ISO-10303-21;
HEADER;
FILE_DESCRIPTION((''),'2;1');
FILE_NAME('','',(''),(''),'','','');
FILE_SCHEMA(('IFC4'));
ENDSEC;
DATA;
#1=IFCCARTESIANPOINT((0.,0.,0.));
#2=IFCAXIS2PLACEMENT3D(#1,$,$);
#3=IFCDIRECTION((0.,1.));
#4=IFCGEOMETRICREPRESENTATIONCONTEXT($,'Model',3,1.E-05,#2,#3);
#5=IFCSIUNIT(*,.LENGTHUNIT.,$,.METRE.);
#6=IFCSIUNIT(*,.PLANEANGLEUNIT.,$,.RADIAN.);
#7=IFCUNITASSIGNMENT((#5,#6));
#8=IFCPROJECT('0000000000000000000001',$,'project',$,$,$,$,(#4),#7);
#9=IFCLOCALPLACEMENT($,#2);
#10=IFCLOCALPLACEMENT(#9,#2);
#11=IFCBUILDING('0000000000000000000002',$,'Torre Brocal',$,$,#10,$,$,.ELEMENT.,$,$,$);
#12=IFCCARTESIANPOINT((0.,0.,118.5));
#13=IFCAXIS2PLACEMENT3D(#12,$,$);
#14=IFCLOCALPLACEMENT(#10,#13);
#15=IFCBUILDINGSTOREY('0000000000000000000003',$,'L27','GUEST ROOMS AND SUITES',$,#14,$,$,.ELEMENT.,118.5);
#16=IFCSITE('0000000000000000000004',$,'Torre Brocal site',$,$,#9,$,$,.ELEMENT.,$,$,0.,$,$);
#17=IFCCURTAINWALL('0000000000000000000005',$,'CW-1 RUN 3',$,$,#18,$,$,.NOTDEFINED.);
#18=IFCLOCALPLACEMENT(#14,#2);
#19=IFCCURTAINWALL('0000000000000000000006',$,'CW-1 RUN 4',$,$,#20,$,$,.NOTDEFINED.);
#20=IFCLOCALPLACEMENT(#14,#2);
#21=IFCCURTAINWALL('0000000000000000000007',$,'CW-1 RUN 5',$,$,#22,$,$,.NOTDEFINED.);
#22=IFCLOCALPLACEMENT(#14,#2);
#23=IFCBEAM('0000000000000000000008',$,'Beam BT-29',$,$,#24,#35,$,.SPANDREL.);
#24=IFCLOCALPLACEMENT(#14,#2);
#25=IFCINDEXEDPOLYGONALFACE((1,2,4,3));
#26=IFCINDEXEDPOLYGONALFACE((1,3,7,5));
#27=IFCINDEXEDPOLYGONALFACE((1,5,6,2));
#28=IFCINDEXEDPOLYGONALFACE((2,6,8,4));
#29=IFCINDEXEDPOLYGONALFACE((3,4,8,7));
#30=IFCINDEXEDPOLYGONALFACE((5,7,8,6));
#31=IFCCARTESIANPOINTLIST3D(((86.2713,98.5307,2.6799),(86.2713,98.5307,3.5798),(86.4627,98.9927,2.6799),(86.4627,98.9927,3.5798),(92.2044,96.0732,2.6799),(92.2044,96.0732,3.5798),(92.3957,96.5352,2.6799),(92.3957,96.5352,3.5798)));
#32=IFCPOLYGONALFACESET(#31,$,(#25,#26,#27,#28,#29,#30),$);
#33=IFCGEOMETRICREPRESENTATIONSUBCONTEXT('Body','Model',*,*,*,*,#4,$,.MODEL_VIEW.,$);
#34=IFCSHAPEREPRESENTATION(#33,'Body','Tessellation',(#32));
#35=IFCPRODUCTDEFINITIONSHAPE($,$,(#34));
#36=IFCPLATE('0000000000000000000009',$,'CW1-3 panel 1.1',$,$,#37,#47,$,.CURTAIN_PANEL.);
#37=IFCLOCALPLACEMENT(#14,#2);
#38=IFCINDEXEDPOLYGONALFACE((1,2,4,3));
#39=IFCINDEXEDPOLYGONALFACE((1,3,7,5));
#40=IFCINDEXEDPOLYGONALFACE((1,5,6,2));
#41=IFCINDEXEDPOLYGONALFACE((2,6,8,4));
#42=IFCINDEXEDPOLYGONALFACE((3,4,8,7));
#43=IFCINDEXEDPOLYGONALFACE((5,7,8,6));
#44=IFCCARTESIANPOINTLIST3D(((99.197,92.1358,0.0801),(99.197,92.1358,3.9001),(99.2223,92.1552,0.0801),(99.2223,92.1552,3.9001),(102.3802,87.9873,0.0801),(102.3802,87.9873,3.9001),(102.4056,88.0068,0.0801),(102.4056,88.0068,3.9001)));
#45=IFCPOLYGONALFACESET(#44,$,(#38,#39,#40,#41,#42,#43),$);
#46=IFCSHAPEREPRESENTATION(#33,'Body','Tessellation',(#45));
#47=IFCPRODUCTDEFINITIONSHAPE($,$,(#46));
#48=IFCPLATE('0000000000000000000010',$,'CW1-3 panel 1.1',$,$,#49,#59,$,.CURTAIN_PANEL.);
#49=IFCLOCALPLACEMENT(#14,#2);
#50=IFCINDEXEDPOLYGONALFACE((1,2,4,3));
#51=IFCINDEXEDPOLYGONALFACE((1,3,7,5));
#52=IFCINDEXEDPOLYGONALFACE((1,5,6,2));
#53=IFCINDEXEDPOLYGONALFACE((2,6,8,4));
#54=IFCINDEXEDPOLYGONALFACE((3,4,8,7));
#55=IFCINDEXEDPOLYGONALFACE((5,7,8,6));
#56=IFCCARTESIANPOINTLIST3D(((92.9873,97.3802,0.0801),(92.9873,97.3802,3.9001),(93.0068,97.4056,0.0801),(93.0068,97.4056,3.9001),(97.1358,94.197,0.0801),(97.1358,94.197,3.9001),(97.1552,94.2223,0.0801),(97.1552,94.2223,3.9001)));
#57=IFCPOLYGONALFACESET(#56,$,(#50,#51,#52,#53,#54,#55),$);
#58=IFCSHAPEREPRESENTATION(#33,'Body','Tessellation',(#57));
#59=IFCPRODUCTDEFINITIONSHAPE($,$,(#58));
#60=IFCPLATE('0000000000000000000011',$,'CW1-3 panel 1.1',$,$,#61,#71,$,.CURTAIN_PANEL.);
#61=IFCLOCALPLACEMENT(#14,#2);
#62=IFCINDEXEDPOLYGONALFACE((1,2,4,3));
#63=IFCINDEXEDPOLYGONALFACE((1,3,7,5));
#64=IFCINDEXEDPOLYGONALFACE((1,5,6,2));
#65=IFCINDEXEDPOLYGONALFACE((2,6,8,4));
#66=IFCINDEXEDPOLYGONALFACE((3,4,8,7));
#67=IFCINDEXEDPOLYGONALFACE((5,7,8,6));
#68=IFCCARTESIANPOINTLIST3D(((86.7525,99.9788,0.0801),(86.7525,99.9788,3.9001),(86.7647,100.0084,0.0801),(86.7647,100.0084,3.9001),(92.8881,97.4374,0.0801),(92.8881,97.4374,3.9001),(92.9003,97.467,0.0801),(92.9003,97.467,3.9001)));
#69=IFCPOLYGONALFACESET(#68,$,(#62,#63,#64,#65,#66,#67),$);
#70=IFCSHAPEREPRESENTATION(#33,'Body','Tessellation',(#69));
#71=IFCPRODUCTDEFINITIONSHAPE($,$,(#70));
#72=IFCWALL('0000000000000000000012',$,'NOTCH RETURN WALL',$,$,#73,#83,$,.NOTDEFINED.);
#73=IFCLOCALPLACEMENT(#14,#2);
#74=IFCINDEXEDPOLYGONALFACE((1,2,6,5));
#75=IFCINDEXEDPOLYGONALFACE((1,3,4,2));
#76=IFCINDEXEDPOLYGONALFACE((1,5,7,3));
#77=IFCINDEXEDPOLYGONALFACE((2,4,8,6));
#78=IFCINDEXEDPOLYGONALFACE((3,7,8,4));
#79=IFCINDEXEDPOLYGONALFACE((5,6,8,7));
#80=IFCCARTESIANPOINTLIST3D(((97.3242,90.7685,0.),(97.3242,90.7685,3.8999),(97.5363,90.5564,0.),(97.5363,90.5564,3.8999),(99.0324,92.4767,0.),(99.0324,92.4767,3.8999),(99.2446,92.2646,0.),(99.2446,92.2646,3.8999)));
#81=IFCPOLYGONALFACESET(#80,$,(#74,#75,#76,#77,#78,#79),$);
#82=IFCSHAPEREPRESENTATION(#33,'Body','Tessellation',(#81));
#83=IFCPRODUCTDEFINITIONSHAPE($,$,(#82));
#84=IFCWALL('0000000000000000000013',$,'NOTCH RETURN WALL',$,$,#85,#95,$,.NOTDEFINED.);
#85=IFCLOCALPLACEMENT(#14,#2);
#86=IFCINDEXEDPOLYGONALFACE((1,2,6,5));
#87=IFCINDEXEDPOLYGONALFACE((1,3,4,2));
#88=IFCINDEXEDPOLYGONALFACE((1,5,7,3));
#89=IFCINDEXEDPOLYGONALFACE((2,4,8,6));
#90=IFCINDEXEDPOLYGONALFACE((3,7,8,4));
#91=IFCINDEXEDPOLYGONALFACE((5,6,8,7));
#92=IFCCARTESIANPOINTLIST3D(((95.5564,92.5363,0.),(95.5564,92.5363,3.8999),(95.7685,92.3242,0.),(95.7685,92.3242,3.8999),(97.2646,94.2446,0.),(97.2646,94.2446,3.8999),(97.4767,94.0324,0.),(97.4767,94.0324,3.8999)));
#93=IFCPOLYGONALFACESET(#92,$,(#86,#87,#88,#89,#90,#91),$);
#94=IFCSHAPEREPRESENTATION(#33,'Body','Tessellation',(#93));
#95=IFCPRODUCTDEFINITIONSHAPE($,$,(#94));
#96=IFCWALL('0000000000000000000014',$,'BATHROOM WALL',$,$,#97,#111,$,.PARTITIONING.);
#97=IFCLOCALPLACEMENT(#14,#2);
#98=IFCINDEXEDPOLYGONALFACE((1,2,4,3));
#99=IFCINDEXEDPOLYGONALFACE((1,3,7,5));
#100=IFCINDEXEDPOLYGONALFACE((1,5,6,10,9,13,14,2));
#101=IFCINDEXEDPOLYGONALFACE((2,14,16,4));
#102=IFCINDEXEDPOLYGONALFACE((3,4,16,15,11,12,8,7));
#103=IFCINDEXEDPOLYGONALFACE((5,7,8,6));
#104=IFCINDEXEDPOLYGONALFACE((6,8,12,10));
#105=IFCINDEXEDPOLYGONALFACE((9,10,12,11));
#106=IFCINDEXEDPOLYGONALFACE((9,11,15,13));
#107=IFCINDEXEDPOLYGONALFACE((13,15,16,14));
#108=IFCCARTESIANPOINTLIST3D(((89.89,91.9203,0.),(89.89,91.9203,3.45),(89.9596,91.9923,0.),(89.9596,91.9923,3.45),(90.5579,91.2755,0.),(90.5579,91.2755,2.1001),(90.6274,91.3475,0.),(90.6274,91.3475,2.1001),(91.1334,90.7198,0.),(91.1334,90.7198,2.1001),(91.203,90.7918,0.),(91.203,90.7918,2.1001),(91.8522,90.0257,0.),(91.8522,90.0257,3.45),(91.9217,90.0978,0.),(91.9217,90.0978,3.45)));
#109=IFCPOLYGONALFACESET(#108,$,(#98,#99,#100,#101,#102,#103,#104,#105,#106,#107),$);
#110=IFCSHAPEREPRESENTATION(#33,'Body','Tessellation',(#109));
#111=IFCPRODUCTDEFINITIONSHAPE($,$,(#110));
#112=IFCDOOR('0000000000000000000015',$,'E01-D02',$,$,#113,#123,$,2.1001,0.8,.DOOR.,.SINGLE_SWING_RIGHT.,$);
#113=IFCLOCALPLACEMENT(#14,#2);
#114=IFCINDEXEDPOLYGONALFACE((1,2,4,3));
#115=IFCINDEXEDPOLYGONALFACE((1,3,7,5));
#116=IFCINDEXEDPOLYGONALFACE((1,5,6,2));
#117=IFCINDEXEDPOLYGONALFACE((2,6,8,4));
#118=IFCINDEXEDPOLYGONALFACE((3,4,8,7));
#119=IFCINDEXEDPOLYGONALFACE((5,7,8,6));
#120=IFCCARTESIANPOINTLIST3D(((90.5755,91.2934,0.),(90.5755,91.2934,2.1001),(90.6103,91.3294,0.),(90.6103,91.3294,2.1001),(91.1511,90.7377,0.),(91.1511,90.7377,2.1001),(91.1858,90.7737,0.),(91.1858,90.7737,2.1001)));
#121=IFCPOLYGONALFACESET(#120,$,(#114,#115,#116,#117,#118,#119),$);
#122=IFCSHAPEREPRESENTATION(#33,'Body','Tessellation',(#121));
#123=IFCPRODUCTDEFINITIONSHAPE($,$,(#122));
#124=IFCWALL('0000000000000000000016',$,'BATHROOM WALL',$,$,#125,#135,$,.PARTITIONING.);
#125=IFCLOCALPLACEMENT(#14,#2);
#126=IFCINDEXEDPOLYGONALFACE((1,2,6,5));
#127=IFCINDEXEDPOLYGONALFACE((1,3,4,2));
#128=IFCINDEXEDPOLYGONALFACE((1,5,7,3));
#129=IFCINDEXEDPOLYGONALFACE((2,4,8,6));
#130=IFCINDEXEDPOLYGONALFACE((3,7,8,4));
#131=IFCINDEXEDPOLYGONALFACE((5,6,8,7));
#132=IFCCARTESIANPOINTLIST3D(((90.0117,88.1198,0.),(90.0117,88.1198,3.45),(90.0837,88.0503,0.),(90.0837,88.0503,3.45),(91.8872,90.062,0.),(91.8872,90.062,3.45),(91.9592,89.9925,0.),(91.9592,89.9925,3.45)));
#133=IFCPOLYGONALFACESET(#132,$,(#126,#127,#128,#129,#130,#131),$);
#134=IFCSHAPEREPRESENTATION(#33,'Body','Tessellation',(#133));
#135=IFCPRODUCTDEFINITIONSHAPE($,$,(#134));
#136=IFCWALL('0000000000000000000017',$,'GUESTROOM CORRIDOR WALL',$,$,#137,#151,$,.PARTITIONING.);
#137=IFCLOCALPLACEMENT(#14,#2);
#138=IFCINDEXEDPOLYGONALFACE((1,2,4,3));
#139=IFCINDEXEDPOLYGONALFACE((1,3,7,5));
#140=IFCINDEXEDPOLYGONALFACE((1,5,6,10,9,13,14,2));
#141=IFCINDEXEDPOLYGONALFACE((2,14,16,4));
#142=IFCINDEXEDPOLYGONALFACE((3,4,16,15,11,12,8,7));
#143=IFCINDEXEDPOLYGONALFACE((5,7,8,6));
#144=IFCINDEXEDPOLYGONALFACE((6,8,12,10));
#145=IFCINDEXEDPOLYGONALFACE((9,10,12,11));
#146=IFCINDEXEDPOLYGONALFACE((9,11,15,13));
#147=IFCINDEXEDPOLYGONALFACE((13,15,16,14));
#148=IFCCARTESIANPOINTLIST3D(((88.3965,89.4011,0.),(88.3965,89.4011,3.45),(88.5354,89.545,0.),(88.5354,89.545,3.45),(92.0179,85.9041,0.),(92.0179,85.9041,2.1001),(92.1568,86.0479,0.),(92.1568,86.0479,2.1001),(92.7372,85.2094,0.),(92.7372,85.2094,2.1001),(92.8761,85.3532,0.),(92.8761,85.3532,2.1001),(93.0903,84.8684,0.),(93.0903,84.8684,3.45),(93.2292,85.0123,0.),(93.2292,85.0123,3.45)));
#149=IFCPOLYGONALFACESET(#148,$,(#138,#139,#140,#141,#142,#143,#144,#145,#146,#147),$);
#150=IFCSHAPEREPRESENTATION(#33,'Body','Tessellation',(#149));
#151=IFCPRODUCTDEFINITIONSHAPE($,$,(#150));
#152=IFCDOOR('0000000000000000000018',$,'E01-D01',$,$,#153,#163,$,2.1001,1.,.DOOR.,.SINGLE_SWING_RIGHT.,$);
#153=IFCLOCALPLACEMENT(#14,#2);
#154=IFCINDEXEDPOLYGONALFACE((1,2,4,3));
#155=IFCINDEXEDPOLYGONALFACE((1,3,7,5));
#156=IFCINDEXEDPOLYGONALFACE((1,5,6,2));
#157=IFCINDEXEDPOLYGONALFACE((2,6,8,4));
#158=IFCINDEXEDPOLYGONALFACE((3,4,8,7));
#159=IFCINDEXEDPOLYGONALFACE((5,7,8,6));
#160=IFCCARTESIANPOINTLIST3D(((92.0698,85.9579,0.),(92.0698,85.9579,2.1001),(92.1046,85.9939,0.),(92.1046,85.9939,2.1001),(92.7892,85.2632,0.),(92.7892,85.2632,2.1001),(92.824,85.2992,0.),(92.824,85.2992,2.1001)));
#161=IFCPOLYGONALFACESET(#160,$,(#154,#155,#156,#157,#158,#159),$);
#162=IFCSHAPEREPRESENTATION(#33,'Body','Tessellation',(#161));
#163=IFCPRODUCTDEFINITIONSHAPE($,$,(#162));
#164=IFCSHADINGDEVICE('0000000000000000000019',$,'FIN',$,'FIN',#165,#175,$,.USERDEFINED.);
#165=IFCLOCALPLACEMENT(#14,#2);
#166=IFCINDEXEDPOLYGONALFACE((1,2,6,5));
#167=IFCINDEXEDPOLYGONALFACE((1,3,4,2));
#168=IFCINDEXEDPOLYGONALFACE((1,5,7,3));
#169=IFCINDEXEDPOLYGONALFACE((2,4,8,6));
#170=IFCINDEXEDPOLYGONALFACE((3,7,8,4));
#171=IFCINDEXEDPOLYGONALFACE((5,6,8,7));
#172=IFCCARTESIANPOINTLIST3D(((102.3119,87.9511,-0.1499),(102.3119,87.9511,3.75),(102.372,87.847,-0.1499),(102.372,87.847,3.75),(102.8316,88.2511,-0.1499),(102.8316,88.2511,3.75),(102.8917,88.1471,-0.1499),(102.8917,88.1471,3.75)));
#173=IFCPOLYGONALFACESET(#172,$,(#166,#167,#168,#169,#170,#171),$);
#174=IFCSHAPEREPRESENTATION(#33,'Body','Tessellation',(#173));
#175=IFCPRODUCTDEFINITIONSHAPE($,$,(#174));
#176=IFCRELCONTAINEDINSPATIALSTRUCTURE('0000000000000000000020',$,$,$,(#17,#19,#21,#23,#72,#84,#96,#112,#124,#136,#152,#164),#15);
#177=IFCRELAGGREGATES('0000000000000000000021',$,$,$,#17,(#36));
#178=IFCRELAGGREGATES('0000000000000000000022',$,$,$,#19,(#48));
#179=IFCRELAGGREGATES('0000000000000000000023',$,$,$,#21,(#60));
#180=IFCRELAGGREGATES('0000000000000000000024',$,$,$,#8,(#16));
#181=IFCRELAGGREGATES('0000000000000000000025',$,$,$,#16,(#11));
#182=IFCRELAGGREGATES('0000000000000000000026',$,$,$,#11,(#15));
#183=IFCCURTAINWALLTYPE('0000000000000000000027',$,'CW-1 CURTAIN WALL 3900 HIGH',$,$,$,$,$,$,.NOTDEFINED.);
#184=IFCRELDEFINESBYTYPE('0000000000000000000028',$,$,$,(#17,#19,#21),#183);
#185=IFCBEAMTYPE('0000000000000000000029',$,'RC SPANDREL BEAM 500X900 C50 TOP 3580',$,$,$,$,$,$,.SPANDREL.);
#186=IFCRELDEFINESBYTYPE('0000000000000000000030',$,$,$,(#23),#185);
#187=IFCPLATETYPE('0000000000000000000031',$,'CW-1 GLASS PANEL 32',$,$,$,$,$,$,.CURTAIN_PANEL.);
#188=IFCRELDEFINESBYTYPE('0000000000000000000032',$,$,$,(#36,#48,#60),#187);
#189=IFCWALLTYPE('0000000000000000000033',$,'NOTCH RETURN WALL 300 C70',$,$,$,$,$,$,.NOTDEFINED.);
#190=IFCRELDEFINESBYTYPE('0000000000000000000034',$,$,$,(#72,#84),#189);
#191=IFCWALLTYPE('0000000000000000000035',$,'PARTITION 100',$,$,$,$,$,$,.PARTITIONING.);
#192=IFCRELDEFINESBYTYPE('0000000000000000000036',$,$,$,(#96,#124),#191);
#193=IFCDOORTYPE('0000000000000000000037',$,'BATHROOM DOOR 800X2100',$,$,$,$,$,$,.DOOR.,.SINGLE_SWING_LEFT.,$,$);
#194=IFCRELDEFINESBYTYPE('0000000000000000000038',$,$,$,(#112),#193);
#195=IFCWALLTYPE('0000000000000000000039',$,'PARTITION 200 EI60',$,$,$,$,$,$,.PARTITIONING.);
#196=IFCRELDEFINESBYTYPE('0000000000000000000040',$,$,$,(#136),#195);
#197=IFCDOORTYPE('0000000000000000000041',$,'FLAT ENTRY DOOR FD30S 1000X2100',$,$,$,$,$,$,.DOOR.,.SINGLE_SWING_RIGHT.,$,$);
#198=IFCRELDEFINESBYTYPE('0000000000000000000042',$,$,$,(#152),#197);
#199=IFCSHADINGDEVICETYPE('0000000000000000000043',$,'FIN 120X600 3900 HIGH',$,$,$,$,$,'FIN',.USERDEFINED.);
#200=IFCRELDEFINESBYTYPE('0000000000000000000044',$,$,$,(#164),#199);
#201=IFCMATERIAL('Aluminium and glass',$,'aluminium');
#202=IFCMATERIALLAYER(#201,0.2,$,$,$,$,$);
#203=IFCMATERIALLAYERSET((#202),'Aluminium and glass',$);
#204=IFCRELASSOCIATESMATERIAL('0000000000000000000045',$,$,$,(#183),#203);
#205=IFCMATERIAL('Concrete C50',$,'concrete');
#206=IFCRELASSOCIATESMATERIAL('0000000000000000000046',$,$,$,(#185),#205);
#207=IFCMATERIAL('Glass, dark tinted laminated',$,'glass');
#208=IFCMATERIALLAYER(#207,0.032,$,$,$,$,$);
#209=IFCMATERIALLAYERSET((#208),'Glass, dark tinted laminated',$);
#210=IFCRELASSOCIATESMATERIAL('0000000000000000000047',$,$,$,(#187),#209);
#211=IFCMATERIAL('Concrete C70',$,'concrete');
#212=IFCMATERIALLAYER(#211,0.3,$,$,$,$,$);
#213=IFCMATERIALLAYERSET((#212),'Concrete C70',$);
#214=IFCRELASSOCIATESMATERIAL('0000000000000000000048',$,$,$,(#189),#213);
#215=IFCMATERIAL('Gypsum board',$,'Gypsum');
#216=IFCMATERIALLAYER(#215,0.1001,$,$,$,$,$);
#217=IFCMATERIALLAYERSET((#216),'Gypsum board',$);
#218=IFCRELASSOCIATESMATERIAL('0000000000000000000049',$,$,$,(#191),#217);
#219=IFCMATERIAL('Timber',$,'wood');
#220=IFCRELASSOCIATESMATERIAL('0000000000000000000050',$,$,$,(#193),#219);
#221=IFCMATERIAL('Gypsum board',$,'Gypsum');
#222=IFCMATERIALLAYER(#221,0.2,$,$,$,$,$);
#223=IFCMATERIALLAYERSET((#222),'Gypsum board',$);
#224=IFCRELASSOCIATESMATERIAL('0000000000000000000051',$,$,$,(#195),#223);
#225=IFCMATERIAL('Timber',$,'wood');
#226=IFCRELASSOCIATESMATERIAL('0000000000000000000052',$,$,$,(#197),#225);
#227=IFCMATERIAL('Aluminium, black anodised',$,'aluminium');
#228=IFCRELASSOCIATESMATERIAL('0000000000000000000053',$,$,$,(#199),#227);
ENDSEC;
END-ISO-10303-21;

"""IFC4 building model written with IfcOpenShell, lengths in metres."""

from ifc_helpers import new_model, si_unit, direction, frame, frame_2d, origin, origin_2d, place, context, subcontext, project, spatial, rectangle, extrude, material, layer, layer_set, material_profile, profile_set, type_object, element, fill, aggregate, save


model = new_model("IFC4")

# Units and contexts
model_context = context("Model", 3, precision=1e-05, world=origin(), true_north=direction((0.0, 1.0)))
body_context = subcontext(model_context, "Body", "Model", "MODEL_VIEW")
ifc_project = project(units=[si_unit("LENGTHUNIT", "METRE"), si_unit("PLANEANGLEUNIT", "RADIAN")], contexts=[model_context])

# Site, building, storey
site_placement = place(None, origin())
site = spatial("IfcSite", under=ifc_project, at=site_placement, Name="Torre Brocal site", CompositionType="ELEMENT", RefElevation=0.0)
building_placement = place(site_placement, origin())
building = spatial("IfcBuilding", under=site, at=building_placement, Name="Torre Brocal", CompositionType="ELEMENT")
storey_placement = place(building_placement, frame((0.0, 0.0, 118.5)))
storey = spatial("IfcBuildingStorey", under=building, at=storey_placement, Name="L27", Description="GUEST ROOMS AND SUITES", CompositionType="ELEMENT", Elevation=118.5)

# Curtain walls
ifc_material_1 = material(Name="Aluminium and glass", Category="aluminium")
ifc_layer_1 = layer(ifc_material_1, 0.2)
ifc_layer_set_1 = layer_set([ifc_layer_1], Name="Aluminium and glass")
curtain_wall_type = type_object("IfcCurtainWallType", Name="CW-1 CURTAIN WALL 3900 HIGH", PredefinedType="NOTDEFINED", material=ifc_layer_set_1)
curtain_wall_1_placement = place(storey_placement, origin())
curtain_wall_1 = element("IfcCurtainWall", 1, at=curtain_wall_1_placement, inside=storey, type_object=curtain_wall_type, Name="CW-1 RUN 3", PredefinedType="NOTDEFINED")
curtain_wall_2_placement = place(storey_placement, origin())
curtain_wall_2 = element("IfcCurtainWall", 2, at=curtain_wall_2_placement, inside=storey, type_object=curtain_wall_type, Name="CW-1 RUN 4", PredefinedType="NOTDEFINED")

# Curtain wall
curtain_wall_3_placement = place(storey_placement, origin())
curtain_wall_3 = element("IfcCurtainWall", 3, at=curtain_wall_3_placement, inside=storey, type_object=curtain_wall_type, Name="CW-1 RUN 5", PredefinedType="NOTDEFINED")

# Beam
ifc_material_2 = material(Name="Concrete C50", Category="concrete")
ifc_material_profile_1 = material_profile(ifc_material_2, rectangle(XDim=0.5, YDim=0.8999, at=origin_2d()), Name="RC 500X900")
ifc_profile_set_1 = profile_set([ifc_material_profile_1], Name="Concrete C50")
beam_type_1 = type_object("IfcBeamType", Name="RC SPANDREL BEAM 500X900 C50 TOP 3580", PredefinedType="SPANDREL", material=ifc_profile_set_1)
beam_1_placement = place(storey_placement, frame((92.3, 96.3042, 3.1299), z_axis=(-0.923882, 0.382676, 0.0), x_axis=(-0.382676, -0.923882, 0.0)))
element("IfcBeam", 4, at=beam_1_placement, inside=storey, type_object=beam_type_1, Name="Beam BT-29", PredefinedType="SPANDREL", context=body_context, shape_type="SweptSolid", body=[
    extrude(rectangle(XDim=0.5, YDim=0.8999, at=origin_2d()), origin(), (0.0, 0.0, 1.0), 6.4219),
])

# Plates
ifc_material_3 = material(Name="Glass, dark tinted laminated", Category="glass")
ifc_layer_2 = layer(ifc_material_3, 0.032)
ifc_layer_set_2 = layer_set([ifc_layer_2], Name="Glass, dark tinted laminated")
plate_type = type_object("IfcPlateType", Name="CW-1 GLASS PANEL 32", PredefinedType="CURTAIN_PANEL", material=ifc_layer_set_2)
plate_1_placement = place(storey_placement, frame((100.8013, 90.0713, 0.0801), z_axis=(0.0, 0.0, 1.0), x_axis=(-0.608761, 0.793353, 0.0)))
plate_1 = element("IfcPlate", 5, at=plate_1_placement, type_object=plate_type, Name="CW1-3 panel 1.1", PredefinedType="CURTAIN_PANEL", context=body_context, shape_type="SweptSolid", body=[
    extrude(rectangle(XDim=5.229, YDim=0.032, at=origin_2d()), origin(), (0.0, 0.0, 1.0), 3.8201),
])
aggregate(curtain_wall_1, [plate_1])
plate_2_placement = place(storey_placement, frame((95.0713, 95.8013, 0.0801), z_axis=(0.0, 0.0, 1.0), x_axis=(-0.793353, 0.608761, 0.0)))
plate_2 = element("IfcPlate", 6, at=plate_2_placement, type_object=plate_type, Name="CW1-3 panel 1.1", PredefinedType="CURTAIN_PANEL", context=body_context, shape_type="SweptSolid", body=[
    extrude(rectangle(XDim=5.229, YDim=0.032, at=origin_2d()), origin(), (0.0, 0.0, 1.0), 3.8201),
])
aggregate(curtain_wall_2, [plate_2])
plate_3_placement = place(storey_placement, frame((89.8264, 98.7229, 0.0801), z_axis=(0.0, 0.0, 1.0), x_axis=(-0.92388, 0.382683, 0.0)))
plate_3 = element("IfcPlate", 7, at=plate_3_placement, type_object=plate_type, Name="CW1-3 panel 1.1", PredefinedType="CURTAIN_PANEL", context=body_context, shape_type="SweptSolid", body=[
    extrude(rectangle(XDim=6.6411, YDim=0.032, at=origin_2d()), origin(), (0.0, 0.0, 1.0), 3.8201),
])
aggregate(curtain_wall_3, [plate_3])

# Walls
ifc_material_4 = material(Name="Concrete C70", Category="concrete")
ifc_layer_3 = layer(ifc_material_4, 0.3)
ifc_layer_set_3 = layer_set([ifc_layer_3], Name="Concrete C70")
wall_type_1 = type_object("IfcWallType", Name="NOTCH RETURN WALL 300 C70", PredefinedType="NOTDEFINED", material=ifc_layer_set_3)
for number, where, z_axis, x_axis, name in (
    (8, (97.4302, 90.6624, 0.0), (0.0, 0.0, 1.0), (0.707107, 0.707107, 0.0), "NOTCH RETURN WALL"),
    (9, (95.6624, 92.4302, 0.0), (0.0, 0.0, 1.0), (0.707107, 0.707107, 0.0), "NOTCH RETURN WALL"),
):
    element("IfcWall", number, at=place(storey_placement, frame(where, z_axis=z_axis, x_axis=x_axis)), inside=storey, type_object=wall_type_1, Name=name, PredefinedType="NOTDEFINED", context=body_context, shape_type="SweptSolid", body=[
        extrude(rectangle(XDim=2.4158, YDim=0.3, at=frame_2d((1.208, 0.0))), origin(), (0.0, 0.0, 1.0), 3.8999),
    ])

# Wall, opening, door
ifc_material_5 = material(Name="Gypsum board", Category="Gypsum")
ifc_layer_4 = layer(ifc_material_5, 0.1001)
ifc_layer_set_4 = layer_set([ifc_layer_4], Name="Gypsum board")
wall_type_2 = type_object("IfcWallType", Name="PARTITION 100", PredefinedType="PARTITIONING", material=ifc_layer_set_4)
wall_1_placement = place(storey_placement, frame((89.9248, 91.9563, 0.0), z_axis=(0.0, 0.0, 1.0), x_axis=(0.719395, -0.694601, 0.0)))
wall_1 = element("IfcWall", 10, at=wall_1_placement, inside=storey, type_object=wall_type_2, Name="BATHROOM WALL", PredefinedType="PARTITIONING", context=body_context, shape_type="SweptSolid", body=[
    extrude(rectangle(XDim=2.7275, YDim=0.1001, at=frame_2d((1.3638, 0.0))), origin(), (0.0, 0.0, 1.0), 3.45),
])
opening_1_placement = place(wall_1_placement, frame((0.9285, 0.0, 0.0)))
opening_1 = element("IfcOpeningElement", 11, at=opening_1_placement, cuts=wall_1, PredefinedType="OPENING", context=body_context, shape_type="SweptSolid", body=[
    extrude(rectangle(XDim=0.8, YDim=2.1001, at=frame_2d((0.3999, 1.05))), frame((0.0, 0.0601, 0.0), z_axis=(0.0, -1.0, 0.0), x_axis=(1.0, 0.0, 0.0)), (0.0, 0.0, 1.0), 0.1201),
])
ifc_material_6 = material(Name="Timber", Category="wood")
door_type_1 = type_object("IfcDoorType", Name="BATHROOM DOOR 800X2100", OperationType="SINGLE_SWING_LEFT", PredefinedType="DOOR", material=ifc_material_6)
door_1_placement = place(opening_1_placement, frame((0.8, 0.0, 0.0), z_axis=(0.0, 0.0, 1.0), x_axis=(-1.0, 0.0, 0.0)))
door_1 = element("IfcDoor", 12, at=door_1_placement, inside=storey, type_object=door_type_1, Name="E01-D02", OperationType="SINGLE_SWING_RIGHT", OverallHeight=2.1001, OverallWidth=0.8, PredefinedType="DOOR", context=body_context, shape_type="SweptSolid", body=[
    extrude(rectangle(XDim=0.8, YDim=2.1001, at=frame_2d((0.3999, 1.05))), frame((0.0, 0.0249, 0.0), z_axis=(0.0, -1.0, 0.0), x_axis=(1.0, 0.0, 0.0)), (0.0, 0.0, 1.0), 0.05),
])
fill(opening_1, door_1)

# Wall
wall_2_placement = place(storey_placement, frame((90.0476, 88.085, 0.0), z_axis=(0.0, 0.0, 1.0), x_axis=(0.694656, 0.719342, 0.0)))
element("IfcWall", 13, at=wall_2_placement, inside=storey, type_object=wall_type_2, Name="BATHROOM WALL", PredefinedType="PARTITIONING", context=body_context, shape_type="SweptSolid", body=[
    extrude(rectangle(XDim=2.7, YDim=0.1001, at=frame_2d((1.3501, 0.0))), origin(), (0.0, 0.0, 1.0), 3.45),
])

# Wall, opening, door
ifc_material_7 = material(Name="Gypsum board", Category="Gypsum")
ifc_layer_5 = layer(ifc_material_7, 0.2)
ifc_layer_set_5 = layer_set([ifc_layer_5], Name="Gypsum board")
wall_type_3 = type_object("IfcWallType", Name="PARTITION 200 EI60", PredefinedType="PARTITIONING", material=ifc_layer_set_5)
wall_3_placement = place(storey_placement, frame((88.4658, 89.4731, 0.0), z_axis=(0.0, 0.0, 1.0), x_axis=(0.719346, -0.694652, 0.0)))
wall_3 = element("IfcWall", 14, at=wall_3_placement, inside=storey, type_object=wall_type_3, Name="GUESTROOM CORRIDOR WALL", PredefinedType="PARTITIONING", context=body_context, shape_type="SweptSolid", body=[
    extrude(rectangle(XDim=6.5251, YDim=0.2, at=frame_2d((3.2627, 0.0))), origin(), (0.0, 0.0, 1.0), 3.45),
])
opening_2_placement = place(wall_3_placement, frame((5.0344, 0.0, 0.0)))
opening_2 = element("IfcOpeningElement", 15, at=opening_2_placement, cuts=wall_3, PredefinedType="OPENING", context=body_context, shape_type="SweptSolid", body=[
    extrude(rectangle(XDim=1.0, YDim=2.1001, at=frame_2d((0.5, 1.05))), frame((0.0, 0.1099, 0.0), z_axis=(0.0, -1.0, 0.0), x_axis=(1.0, 0.0, 0.0)), (0.0, 0.0, 1.0), 0.22),
])
ifc_material_8 = material(Name="Timber", Category="wood")
door_type_2 = type_object("IfcDoorType", Name="FLAT ENTRY DOOR FD30S 1000X2100", OperationType="SINGLE_SWING_RIGHT", PredefinedType="DOOR", material=ifc_material_8)
door_2_placement = place(opening_2_placement, origin())
door_2 = element("IfcDoor", 16, at=door_2_placement, inside=storey, type_object=door_type_2, Name="E01-D01", OperationType="SINGLE_SWING_RIGHT", OverallHeight=2.1001, OverallWidth=1.0, PredefinedType="DOOR", context=body_context, shape_type="SweptSolid", body=[
    extrude(rectangle(XDim=1.0, YDim=2.1001, at=frame_2d((0.5, 1.05))), frame((0.0, 0.0249, 0.0), z_axis=(0.0, -1.0, 0.0), x_axis=(1.0, 0.0, 0.0)), (0.0, 0.0, 1.0), 0.05),
])
fill(opening_2, door_2)

# Shading device
ifc_material_9 = material(Name="Aluminium, black anodised", Category="aluminium")
ifc_material_profile_2 = material_profile(ifc_material_9, rectangle(XDim=0.1201, YDim=0.6001, at=origin_2d()), Name="FIN 120X600 3900 HIGH")
ifc_profile_set_2 = profile_set([ifc_material_profile_2], Name="Aluminium, black anodised")
shading_device_type = type_object("IfcShadingDeviceType", Name="FIN 120X600 3900 HIGH", ElementType="FIN", PredefinedType="USERDEFINED", material=ifc_profile_set_2)
for number, where, z_axis, x_axis, name in (
    (17, (102.6018, 88.0491, -0.1499), (0.0, 0.0, 1.0), (-0.5, 0.866025, 0.0), "FIN"),
):
    element("IfcShadingDevice", number, at=place(storey_placement, frame(where, z_axis=z_axis, x_axis=x_axis)), inside=storey, type_object=shading_device_type, Name=name, ObjectType="FIN", PredefinedType="USERDEFINED", context=body_context, shape_type="SweptSolid", body=[
        extrude(rectangle(XDim=0.1201, YDim=0.6001, at=origin_2d()), origin(), (0.0, 0.0, 1.0), 3.8999),
    ])

save(model, "model.ifc")
